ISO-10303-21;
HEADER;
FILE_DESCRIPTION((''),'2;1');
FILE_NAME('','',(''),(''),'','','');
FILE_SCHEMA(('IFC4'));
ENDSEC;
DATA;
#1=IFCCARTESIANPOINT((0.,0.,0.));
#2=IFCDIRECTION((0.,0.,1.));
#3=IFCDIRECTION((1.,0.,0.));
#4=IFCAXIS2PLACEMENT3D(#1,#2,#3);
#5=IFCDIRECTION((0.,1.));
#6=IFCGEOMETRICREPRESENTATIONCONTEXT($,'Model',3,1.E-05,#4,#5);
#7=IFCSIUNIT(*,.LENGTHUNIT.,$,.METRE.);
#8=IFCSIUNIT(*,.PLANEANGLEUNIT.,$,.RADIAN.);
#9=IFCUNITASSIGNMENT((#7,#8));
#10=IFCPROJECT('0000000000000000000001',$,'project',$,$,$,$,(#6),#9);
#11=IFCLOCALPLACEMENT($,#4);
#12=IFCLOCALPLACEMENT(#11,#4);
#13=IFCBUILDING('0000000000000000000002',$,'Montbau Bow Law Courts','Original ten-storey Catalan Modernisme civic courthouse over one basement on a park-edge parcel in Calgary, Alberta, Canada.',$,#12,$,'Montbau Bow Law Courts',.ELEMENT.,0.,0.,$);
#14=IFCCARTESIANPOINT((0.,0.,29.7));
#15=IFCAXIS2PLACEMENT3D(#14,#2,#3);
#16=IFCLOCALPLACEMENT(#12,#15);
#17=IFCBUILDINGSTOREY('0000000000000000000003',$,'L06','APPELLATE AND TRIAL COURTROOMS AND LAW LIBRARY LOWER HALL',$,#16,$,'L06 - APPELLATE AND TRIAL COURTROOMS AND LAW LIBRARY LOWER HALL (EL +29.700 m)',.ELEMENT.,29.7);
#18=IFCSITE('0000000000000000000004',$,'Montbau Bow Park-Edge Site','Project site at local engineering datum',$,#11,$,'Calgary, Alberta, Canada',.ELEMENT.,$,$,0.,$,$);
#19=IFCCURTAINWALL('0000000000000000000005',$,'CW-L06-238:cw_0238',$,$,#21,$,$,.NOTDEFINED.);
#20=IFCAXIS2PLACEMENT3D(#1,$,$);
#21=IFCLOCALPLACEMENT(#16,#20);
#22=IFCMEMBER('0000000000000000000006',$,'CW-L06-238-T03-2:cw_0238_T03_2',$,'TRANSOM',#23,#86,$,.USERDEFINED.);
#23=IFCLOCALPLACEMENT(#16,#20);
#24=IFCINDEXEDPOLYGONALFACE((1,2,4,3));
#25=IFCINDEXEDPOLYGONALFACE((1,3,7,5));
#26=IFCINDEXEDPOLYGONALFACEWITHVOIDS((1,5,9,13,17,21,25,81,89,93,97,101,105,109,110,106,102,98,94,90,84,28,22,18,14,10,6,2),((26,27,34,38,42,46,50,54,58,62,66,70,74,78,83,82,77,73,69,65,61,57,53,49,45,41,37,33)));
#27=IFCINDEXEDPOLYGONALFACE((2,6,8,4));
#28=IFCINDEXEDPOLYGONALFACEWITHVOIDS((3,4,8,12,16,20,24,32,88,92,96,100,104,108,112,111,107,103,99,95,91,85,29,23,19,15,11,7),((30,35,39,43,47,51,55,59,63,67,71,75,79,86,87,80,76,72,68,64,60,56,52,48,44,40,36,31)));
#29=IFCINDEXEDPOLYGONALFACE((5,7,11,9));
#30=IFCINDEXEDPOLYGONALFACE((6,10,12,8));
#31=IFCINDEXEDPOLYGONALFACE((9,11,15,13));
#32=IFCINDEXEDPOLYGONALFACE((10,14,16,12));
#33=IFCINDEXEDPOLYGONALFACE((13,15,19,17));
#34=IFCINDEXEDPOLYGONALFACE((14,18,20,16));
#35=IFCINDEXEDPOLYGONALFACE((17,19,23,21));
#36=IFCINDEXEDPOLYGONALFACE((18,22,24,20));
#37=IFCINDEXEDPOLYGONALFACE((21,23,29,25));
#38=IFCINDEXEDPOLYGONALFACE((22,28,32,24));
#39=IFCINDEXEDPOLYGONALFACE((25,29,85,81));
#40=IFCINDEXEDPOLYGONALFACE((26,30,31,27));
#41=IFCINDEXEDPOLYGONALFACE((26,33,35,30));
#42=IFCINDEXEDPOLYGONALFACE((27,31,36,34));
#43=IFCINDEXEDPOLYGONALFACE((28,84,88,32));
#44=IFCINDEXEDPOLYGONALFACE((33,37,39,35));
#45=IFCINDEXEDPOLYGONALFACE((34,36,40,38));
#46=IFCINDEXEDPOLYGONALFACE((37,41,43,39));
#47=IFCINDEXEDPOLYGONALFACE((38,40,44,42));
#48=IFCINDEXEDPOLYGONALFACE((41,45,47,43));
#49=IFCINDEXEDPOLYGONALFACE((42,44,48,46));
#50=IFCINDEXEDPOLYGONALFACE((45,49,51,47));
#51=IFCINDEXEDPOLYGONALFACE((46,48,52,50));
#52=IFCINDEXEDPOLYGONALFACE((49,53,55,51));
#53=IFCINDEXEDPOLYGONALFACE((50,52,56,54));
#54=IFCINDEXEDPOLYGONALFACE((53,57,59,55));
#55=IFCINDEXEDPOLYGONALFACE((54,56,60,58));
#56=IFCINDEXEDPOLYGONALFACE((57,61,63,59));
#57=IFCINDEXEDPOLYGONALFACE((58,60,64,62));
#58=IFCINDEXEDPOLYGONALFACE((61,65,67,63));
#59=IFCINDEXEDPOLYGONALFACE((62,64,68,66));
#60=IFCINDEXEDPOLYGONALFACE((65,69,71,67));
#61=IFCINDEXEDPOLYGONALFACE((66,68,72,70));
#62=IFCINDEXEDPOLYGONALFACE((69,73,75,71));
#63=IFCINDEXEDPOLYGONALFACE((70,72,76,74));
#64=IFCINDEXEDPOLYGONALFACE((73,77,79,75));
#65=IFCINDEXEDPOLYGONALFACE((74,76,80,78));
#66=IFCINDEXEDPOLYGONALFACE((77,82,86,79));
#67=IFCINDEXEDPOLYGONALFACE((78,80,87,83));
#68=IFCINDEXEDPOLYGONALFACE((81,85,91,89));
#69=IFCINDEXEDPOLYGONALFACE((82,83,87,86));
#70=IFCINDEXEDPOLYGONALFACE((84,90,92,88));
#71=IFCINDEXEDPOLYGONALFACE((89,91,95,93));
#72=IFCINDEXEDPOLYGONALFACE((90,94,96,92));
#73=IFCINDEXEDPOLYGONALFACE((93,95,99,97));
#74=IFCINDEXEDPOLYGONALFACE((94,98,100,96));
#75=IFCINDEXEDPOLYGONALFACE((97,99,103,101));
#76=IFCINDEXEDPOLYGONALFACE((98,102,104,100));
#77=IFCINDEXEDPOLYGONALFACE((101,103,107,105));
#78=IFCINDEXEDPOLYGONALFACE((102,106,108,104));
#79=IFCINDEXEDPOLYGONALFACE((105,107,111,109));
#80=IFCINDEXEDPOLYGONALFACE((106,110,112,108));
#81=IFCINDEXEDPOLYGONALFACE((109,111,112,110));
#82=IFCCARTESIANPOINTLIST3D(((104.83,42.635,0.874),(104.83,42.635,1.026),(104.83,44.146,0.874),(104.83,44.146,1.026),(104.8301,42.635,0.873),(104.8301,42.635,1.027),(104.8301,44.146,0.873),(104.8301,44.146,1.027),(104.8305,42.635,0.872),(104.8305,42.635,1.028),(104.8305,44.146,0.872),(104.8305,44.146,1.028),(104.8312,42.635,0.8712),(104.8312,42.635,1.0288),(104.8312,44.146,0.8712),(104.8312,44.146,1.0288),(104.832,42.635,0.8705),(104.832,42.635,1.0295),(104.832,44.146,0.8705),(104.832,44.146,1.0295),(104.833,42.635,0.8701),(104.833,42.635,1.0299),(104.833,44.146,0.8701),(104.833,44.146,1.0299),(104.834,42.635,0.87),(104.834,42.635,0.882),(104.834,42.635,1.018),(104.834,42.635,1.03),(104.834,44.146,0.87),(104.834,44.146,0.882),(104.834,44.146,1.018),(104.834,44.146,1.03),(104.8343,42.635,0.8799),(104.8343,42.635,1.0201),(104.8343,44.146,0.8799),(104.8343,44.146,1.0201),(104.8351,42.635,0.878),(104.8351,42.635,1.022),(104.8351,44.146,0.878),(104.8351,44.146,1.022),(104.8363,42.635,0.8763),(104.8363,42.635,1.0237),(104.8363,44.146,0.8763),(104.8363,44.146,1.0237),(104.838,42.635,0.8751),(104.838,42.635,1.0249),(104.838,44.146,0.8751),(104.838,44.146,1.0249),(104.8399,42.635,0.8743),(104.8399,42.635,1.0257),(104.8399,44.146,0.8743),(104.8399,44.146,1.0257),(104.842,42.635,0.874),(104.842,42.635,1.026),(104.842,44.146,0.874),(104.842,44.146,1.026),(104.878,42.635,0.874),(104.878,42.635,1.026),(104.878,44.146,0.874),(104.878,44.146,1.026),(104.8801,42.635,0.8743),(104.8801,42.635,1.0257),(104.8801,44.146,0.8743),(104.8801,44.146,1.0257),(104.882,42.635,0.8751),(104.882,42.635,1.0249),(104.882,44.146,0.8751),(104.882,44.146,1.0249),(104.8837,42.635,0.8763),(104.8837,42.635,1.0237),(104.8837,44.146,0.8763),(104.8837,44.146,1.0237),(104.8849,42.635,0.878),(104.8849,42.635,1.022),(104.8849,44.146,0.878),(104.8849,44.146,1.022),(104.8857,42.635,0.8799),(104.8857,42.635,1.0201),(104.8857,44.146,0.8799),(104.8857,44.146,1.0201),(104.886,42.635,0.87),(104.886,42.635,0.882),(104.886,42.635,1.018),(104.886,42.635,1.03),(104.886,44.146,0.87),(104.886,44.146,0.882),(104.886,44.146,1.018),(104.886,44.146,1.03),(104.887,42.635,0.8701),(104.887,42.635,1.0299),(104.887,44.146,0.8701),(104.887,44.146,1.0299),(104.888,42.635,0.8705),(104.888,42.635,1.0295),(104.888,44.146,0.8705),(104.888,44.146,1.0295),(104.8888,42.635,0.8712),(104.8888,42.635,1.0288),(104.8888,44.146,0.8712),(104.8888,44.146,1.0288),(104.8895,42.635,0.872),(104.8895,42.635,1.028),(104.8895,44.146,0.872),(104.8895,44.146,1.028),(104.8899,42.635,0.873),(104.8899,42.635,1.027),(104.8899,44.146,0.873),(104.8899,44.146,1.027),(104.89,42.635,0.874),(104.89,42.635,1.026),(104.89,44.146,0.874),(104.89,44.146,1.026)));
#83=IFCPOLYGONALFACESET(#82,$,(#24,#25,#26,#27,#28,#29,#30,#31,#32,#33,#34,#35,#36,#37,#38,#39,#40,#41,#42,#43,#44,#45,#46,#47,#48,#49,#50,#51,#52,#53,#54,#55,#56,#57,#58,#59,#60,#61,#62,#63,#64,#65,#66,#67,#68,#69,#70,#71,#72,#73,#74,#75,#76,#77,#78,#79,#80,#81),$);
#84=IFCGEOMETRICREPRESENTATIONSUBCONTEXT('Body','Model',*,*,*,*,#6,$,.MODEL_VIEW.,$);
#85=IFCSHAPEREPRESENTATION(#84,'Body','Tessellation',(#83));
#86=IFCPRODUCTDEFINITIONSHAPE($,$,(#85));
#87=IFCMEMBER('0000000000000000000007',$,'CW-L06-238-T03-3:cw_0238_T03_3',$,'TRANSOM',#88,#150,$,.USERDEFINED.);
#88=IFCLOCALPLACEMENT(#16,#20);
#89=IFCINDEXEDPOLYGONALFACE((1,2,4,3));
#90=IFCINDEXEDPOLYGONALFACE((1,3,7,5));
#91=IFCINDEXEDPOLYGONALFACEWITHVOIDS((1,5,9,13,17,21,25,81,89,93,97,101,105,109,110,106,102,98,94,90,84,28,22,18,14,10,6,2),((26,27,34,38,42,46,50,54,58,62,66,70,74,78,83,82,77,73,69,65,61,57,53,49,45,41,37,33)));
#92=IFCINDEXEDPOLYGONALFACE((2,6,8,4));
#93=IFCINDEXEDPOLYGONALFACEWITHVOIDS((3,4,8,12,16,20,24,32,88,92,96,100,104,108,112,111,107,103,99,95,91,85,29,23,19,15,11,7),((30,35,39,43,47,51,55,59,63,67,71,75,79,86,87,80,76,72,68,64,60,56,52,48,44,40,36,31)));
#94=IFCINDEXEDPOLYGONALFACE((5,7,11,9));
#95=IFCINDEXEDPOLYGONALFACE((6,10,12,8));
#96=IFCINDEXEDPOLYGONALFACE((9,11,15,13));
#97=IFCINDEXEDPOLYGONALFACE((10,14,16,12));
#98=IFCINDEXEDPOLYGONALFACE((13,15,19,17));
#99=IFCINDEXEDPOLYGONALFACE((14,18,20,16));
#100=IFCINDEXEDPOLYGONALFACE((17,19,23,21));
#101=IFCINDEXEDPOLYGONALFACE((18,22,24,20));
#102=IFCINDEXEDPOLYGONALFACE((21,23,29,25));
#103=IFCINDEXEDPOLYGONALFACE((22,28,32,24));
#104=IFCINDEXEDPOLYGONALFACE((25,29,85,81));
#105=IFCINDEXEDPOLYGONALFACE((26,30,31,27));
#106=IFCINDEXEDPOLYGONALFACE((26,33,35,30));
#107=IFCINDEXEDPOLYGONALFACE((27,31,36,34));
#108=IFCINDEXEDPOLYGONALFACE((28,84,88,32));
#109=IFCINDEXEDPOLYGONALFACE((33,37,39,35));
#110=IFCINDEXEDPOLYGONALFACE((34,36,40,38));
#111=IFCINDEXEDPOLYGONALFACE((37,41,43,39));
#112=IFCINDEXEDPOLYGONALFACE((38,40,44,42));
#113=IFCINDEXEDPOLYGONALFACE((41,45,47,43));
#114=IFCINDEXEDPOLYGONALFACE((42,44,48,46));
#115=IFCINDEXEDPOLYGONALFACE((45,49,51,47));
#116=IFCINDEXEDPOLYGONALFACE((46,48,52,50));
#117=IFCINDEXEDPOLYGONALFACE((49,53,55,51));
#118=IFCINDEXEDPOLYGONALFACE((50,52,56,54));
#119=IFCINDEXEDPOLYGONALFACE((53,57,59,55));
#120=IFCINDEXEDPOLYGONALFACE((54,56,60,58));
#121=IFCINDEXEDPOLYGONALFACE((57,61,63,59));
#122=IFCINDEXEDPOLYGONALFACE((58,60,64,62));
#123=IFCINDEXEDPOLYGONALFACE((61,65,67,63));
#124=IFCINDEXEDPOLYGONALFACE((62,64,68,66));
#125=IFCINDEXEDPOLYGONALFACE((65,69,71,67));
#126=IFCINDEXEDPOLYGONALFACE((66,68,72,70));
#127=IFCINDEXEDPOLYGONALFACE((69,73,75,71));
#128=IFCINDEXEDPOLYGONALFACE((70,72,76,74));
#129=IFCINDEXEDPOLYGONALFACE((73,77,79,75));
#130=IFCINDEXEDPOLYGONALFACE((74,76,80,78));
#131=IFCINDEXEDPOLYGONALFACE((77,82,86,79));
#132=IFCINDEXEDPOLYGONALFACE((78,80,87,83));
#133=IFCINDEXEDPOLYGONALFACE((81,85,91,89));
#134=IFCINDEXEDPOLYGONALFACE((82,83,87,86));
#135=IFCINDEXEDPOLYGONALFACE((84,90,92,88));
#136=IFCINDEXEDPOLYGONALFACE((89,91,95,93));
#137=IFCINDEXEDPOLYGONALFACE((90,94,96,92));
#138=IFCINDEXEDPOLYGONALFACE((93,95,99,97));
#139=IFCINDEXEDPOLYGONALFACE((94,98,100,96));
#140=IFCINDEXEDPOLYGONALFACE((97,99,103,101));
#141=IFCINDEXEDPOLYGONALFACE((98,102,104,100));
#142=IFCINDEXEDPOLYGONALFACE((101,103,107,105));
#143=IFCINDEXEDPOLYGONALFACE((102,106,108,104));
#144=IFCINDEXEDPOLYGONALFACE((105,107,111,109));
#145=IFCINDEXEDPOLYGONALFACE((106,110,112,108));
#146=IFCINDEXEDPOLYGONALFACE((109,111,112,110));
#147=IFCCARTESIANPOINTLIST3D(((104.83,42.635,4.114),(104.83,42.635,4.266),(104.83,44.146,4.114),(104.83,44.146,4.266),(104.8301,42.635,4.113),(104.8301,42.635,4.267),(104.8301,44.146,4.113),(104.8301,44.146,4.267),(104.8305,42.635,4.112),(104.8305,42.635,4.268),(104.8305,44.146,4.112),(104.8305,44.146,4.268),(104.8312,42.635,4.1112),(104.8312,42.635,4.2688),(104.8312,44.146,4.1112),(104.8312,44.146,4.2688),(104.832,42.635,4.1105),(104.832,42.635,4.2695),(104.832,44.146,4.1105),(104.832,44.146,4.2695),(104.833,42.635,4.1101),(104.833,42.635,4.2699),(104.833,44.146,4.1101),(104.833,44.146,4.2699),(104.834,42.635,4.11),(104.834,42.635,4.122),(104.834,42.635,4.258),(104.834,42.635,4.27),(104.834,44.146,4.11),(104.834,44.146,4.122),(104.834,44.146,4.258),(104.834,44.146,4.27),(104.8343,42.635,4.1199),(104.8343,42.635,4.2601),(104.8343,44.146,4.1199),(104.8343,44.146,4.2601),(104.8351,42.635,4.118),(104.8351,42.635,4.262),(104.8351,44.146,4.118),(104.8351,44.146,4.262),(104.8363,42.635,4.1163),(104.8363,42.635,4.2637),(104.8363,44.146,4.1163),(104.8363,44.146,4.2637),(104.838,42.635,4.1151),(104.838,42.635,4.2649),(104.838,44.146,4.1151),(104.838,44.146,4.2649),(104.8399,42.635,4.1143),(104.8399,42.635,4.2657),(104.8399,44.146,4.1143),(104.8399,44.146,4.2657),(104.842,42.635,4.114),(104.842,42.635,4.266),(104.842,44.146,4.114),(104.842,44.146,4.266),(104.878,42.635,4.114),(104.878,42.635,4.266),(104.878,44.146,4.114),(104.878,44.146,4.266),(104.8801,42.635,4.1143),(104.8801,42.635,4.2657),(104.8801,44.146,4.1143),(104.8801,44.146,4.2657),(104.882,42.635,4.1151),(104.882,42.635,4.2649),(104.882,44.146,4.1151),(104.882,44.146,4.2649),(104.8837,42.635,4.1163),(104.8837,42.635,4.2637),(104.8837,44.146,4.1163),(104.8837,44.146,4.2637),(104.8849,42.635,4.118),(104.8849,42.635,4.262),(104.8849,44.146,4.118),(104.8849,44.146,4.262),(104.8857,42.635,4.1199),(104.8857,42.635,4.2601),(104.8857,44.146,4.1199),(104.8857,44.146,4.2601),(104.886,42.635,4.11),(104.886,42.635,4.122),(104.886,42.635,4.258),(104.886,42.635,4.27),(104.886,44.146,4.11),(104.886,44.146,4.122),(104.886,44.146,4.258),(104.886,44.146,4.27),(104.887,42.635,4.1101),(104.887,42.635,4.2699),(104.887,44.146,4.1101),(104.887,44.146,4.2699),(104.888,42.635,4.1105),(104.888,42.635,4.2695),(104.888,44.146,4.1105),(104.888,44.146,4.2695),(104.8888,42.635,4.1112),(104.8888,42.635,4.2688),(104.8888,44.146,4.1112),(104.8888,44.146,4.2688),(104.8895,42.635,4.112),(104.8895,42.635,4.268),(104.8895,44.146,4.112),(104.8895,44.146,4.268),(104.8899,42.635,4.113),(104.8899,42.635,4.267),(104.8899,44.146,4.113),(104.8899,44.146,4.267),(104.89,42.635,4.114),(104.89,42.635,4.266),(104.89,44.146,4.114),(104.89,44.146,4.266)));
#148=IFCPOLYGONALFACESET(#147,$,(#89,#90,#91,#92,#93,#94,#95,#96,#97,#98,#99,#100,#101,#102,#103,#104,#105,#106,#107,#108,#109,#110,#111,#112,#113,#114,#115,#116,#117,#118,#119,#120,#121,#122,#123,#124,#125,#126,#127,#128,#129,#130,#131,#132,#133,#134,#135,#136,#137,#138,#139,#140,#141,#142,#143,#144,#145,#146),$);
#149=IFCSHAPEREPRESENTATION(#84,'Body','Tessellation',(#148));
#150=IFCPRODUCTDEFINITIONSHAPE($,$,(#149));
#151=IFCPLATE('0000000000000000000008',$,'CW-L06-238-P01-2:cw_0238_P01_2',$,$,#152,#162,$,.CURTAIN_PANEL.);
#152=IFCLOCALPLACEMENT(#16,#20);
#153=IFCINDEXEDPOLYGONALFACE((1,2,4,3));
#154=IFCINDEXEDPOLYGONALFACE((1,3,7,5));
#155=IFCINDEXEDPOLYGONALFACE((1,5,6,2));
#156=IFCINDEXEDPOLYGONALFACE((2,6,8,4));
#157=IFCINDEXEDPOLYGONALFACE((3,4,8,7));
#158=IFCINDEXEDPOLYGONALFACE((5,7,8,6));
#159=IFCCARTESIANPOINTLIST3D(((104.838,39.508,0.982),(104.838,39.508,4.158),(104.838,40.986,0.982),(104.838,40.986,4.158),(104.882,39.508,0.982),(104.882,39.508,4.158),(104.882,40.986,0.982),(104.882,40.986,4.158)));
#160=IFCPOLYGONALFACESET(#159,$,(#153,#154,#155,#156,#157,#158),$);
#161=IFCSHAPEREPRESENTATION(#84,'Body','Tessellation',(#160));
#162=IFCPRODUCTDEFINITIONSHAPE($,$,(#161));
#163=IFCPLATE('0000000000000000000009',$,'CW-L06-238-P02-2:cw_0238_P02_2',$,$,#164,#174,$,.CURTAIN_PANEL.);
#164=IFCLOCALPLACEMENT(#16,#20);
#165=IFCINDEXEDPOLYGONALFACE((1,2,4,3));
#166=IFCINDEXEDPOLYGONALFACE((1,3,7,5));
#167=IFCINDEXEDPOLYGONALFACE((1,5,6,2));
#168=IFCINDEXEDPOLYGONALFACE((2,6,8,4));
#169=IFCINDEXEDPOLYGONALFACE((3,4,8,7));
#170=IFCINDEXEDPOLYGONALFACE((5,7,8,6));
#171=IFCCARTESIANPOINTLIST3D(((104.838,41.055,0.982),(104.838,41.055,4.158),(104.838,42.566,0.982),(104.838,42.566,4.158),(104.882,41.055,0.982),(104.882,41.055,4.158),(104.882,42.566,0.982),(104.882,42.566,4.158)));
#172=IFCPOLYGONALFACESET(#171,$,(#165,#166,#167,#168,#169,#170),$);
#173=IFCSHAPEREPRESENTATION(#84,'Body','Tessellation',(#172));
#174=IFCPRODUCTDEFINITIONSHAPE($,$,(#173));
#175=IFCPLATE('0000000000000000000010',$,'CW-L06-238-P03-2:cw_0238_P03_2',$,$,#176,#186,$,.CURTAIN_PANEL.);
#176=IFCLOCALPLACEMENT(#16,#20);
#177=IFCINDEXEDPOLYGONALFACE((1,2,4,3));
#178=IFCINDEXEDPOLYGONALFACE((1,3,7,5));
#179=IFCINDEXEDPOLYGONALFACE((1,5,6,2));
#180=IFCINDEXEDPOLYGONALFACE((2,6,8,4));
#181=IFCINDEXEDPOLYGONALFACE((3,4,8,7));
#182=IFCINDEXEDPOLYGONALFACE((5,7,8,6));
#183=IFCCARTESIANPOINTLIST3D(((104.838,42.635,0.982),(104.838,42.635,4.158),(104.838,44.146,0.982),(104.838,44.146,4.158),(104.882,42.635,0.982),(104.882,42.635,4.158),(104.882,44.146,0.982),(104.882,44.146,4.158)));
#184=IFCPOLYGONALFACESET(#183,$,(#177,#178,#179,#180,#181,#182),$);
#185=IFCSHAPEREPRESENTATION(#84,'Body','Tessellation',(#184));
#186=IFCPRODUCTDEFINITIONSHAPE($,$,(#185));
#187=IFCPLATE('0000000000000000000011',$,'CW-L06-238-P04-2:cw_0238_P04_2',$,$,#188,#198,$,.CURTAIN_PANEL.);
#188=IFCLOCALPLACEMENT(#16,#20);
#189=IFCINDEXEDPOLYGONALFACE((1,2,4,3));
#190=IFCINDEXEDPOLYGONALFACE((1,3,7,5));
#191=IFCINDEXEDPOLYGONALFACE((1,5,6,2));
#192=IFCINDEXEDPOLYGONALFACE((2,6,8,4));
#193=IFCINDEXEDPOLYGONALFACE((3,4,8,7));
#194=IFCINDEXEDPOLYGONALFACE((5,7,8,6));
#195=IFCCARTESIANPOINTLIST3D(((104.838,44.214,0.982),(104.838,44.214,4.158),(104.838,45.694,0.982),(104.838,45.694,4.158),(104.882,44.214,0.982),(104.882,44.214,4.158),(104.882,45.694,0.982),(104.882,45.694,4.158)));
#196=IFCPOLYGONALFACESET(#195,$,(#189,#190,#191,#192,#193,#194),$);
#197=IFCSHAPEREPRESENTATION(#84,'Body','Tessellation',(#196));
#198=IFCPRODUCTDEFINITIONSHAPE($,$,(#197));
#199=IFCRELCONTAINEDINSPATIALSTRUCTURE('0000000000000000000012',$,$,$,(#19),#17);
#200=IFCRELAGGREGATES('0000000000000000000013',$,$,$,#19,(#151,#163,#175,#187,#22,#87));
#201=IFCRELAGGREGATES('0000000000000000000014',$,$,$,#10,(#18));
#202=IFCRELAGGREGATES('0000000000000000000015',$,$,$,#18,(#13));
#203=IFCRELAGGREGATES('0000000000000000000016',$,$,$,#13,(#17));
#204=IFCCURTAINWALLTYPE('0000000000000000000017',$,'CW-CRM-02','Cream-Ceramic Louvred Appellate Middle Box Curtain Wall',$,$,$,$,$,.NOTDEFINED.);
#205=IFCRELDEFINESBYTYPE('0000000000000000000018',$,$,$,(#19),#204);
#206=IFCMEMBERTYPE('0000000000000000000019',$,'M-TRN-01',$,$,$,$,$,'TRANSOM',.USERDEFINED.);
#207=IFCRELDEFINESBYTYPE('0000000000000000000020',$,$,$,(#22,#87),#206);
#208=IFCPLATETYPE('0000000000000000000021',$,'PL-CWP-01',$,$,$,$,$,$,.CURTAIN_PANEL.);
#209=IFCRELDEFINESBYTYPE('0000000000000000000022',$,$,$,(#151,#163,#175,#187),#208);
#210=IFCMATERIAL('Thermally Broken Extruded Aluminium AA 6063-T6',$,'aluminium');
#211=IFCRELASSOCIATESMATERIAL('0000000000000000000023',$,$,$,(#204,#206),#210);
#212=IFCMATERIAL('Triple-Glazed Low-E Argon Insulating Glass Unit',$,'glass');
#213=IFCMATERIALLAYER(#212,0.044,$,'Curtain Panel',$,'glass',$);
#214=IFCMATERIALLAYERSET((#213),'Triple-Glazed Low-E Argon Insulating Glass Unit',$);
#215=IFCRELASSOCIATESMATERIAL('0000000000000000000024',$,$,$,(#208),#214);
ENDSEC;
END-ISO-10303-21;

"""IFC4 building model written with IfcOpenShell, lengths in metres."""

from ifc_helpers import new_model, si_unit, direction, frame, frame_2d, origin_with_axes, origin_2d_with_axis, place, context, subcontext, project, spatial, rectangle, hollow_rectangle, extrude, material, layer, layer_set, material_profile, profile_set, type_object, element, aggregate, save


model = new_model("IFC4")

# Units and contexts
model_context = context("Model", 3, precision=1e-05, world=origin_with_axes(), true_north=direction((0.0, 1.0)))
body_context = subcontext(model_context, "Body", "Model", "MODEL_VIEW")
ifc_project = project(units=[si_unit("LENGTHUNIT", "METRE"), si_unit("PLANEANGLEUNIT", "RADIAN")], contexts=[model_context])

# Site, building, storey
site_placement = place(None, origin_with_axes())
site = spatial("IfcSite", under=ifc_project, at=site_placement, Name="Montbau Bow Park-Edge Site", Description="Project site at local engineering datum", LongName="Calgary, Alberta, Canada", CompositionType="ELEMENT", RefElevation=0.0)
building_placement = place(site_placement, origin_with_axes())
building = spatial("IfcBuilding", under=site, at=building_placement, Name="Montbau Bow Law Courts", Description="Original ten-storey Catalan Modernisme civic courthouse over one basement on a park-edge parcel in Calgary, Alberta, Canada.", LongName="Montbau Bow Law Courts", CompositionType="ELEMENT", ElevationOfRefHeight=0.0, ElevationOfTerrain=0.0)
storey_placement = place(building_placement, frame((0.0, 0.0, 29.7), z_axis=(0.0, 0.0, 1.0), x_axis=(1.0, 0.0, 0.0)))
storey = spatial("IfcBuildingStorey", under=building, at=storey_placement, Name="L06", Description="APPELLATE AND TRIAL COURTROOMS AND LAW LIBRARY LOWER HALL", LongName="L06 - APPELLATE AND TRIAL COURTROOMS AND LAW LIBRARY LOWER HALL (EL +29.700 m)", CompositionType="ELEMENT", Elevation=29.7)

# Shared definitions
ifc_material_1 = material(Name="Thermally Broken Extruded Aluminium AA 6063-T6", Category="aluminium")
curtain_wall_type = type_object("IfcCurtainWallType", Name="CW-CRM-02", Description="Cream-Ceramic Louvred Appellate Middle Box Curtain Wall", PredefinedType="NOTDEFINED", material=ifc_material_1)
ifc_material_profile = material_profile(ifc_material_1, hollow_rectangle(XDim=0.06, YDim=0.16, WallThickness=0.004, InnerFilletRadius=0.008, OuterFilletRadius=0.004, at=origin_2d_with_axis()), Name="CWT-160X60", Category="Main", Priority=0)
ifc_profile_set = profile_set([ifc_material_profile], Name="Thermally Broken Extruded Aluminium AA 6063-T6")
member_type = type_object("IfcMemberType", Name="M-TRN-01", ElementType="TRANSOM", PredefinedType="USERDEFINED", material=ifc_profile_set)

# Curtain wall, members, plates
curtain_wall_1_placement = place(None, frame((104.86, 39.44, 29.7), z_axis=(0.0, 0.0, 1.0), x_axis=(1.0, 0.0, 0.0)))
curtain_wall_1 = element("IfcCurtainWall", 1, at=curtain_wall_1_placement, inside=storey, type_object=curtain_wall_type, Name="CW-L06-238:cw_0238", PredefinedType="NOTDEFINED")
member_1_placement = place(None, frame((104.86, 42.635, 30.65), z_axis=(0.0, 1.0, 0.0), x_axis=(-1.0, 0.0, 0.0)))
member_1 = element("IfcMember", 2, at=member_1_placement, type_object=member_type, Name="CW-L06-238-T03-2:cw_0238_T03_2", ObjectType="TRANSOM", PredefinedType="USERDEFINED", context=body_context, shape_type="SweptSolid", body=[
    extrude(hollow_rectangle(XDim=0.06, YDim=0.16, WallThickness=0.004, InnerFilletRadius=0.008, OuterFilletRadius=0.004, at=origin_2d_with_axis()), origin_with_axes(), (0.0, 0.0, 1.0), 1.511),
])
member_2_placement = place(None, frame((104.86, 42.635, 33.89), z_axis=(0.0, 1.0, 0.0), x_axis=(-1.0, 0.0, 0.0)))
member_2 = element("IfcMember", 3, at=member_2_placement, type_object=member_type, Name="CW-L06-238-T03-3:cw_0238_T03_3", ObjectType="TRANSOM", PredefinedType="USERDEFINED", context=body_context, shape_type="SweptSolid", body=[
    extrude(hollow_rectangle(XDim=0.06, YDim=0.16, WallThickness=0.004, InnerFilletRadius=0.008, OuterFilletRadius=0.004, at=origin_2d_with_axis()), origin_with_axes(), (0.0, 0.0, 1.0), 1.511),
])
ifc_material_2 = material(Name="Triple-Glazed Low-E Argon Insulating Glass Unit", Category="glass")
ifc_layer_1 = layer(ifc_material_2, 0.044, Name="Curtain Panel", Category="glass")
ifc_layer_set_1 = layer_set([ifc_layer_1], Name="Triple-Glazed Low-E Argon Insulating Glass Unit")
plate_type_1 = type_object("IfcPlateType", Name="PL-CWP-01", PredefinedType="CURTAIN_PANEL", material=ifc_layer_set_1)
plate_1_placement = place(None, frame((104.86, 39.508, 30.682), z_axis=(1.0, 0.0, 0.0), x_axis=(0.0, 1.0, 0.0)))
plate_1 = element("IfcPlate", 4, at=plate_1_placement, type_object=plate_type_1, Name="CW-L06-238-P01-2:cw_0238_P01_2", PredefinedType="CURTAIN_PANEL", context=body_context, shape_type="SweptSolid", body=[
    extrude(rectangle(XDim=1.478, YDim=3.176, at=frame_2d((0.739, 1.588), x_axis=(1.0, 0.0))), frame((0.0, 0.0, -0.022), z_axis=(0.0, 0.0, 1.0), x_axis=(1.0, 0.0, 0.0)), (0.0, 0.0, 1.0), 0.044),
])
plate_2_placement = place(None, frame((104.86, 41.055, 30.682), z_axis=(1.0, 0.0, 0.0), x_axis=(0.0, 1.0, 0.0)))
plate_2 = element("IfcPlate", 5, at=plate_2_placement, type_object=plate_type_1, Name="CW-L06-238-P02-2:cw_0238_P02_2", PredefinedType="CURTAIN_PANEL", context=body_context, shape_type="SweptSolid", body=[
    extrude(rectangle(XDim=1.511, YDim=3.176, at=frame_2d((0.7555, 1.588), x_axis=(1.0, 0.0))), frame((0.0, 0.0, -0.022), z_axis=(0.0, 0.0, 1.0), x_axis=(1.0, 0.0, 0.0)), (0.0, 0.0, 1.0), 0.044),
])
plate_3_placement = place(None, frame((104.86, 42.635, 30.682), z_axis=(1.0, 0.0, 0.0), x_axis=(0.0, 1.0, 0.0)))
plate_3 = element("IfcPlate", 6, at=plate_3_placement, type_object=plate_type_1, Name="CW-L06-238-P03-2:cw_0238_P03_2", PredefinedType="CURTAIN_PANEL", context=body_context, shape_type="SweptSolid", body=[
    extrude(rectangle(XDim=1.511, YDim=3.176, at=frame_2d((0.7555, 1.588), x_axis=(1.0, 0.0))), frame((0.0, 0.0, -0.022), z_axis=(0.0, 0.0, 1.0), x_axis=(1.0, 0.0, 0.0)), (0.0, 0.0, 1.0), 0.044),
])
plate_4_placement = place(None, frame((104.86, 44.214, 30.682), z_axis=(1.0, 0.0, 0.0), x_axis=(0.0, 1.0, 0.0)))
plate_4 = element("IfcPlate", 7, at=plate_4_placement, type_object=plate_type_1, Name="CW-L06-238-P04-2:cw_0238_P04_2", PredefinedType="CURTAIN_PANEL", context=body_context, shape_type="SweptSolid", body=[
    extrude(rectangle(XDim=1.48, YDim=3.176, at=frame_2d((0.74, 1.588), x_axis=(1.0, 0.0))), frame((0.0, 0.0, -0.022), z_axis=(0.0, 0.0, 1.0), x_axis=(1.0, 0.0, 0.0)), (0.0, 0.0, 1.0), 0.044),
])
aggregate(curtain_wall_1, [plate_1, plate_2, plate_3, plate_4, member_1, member_2])

save(model, "model.ifc")
